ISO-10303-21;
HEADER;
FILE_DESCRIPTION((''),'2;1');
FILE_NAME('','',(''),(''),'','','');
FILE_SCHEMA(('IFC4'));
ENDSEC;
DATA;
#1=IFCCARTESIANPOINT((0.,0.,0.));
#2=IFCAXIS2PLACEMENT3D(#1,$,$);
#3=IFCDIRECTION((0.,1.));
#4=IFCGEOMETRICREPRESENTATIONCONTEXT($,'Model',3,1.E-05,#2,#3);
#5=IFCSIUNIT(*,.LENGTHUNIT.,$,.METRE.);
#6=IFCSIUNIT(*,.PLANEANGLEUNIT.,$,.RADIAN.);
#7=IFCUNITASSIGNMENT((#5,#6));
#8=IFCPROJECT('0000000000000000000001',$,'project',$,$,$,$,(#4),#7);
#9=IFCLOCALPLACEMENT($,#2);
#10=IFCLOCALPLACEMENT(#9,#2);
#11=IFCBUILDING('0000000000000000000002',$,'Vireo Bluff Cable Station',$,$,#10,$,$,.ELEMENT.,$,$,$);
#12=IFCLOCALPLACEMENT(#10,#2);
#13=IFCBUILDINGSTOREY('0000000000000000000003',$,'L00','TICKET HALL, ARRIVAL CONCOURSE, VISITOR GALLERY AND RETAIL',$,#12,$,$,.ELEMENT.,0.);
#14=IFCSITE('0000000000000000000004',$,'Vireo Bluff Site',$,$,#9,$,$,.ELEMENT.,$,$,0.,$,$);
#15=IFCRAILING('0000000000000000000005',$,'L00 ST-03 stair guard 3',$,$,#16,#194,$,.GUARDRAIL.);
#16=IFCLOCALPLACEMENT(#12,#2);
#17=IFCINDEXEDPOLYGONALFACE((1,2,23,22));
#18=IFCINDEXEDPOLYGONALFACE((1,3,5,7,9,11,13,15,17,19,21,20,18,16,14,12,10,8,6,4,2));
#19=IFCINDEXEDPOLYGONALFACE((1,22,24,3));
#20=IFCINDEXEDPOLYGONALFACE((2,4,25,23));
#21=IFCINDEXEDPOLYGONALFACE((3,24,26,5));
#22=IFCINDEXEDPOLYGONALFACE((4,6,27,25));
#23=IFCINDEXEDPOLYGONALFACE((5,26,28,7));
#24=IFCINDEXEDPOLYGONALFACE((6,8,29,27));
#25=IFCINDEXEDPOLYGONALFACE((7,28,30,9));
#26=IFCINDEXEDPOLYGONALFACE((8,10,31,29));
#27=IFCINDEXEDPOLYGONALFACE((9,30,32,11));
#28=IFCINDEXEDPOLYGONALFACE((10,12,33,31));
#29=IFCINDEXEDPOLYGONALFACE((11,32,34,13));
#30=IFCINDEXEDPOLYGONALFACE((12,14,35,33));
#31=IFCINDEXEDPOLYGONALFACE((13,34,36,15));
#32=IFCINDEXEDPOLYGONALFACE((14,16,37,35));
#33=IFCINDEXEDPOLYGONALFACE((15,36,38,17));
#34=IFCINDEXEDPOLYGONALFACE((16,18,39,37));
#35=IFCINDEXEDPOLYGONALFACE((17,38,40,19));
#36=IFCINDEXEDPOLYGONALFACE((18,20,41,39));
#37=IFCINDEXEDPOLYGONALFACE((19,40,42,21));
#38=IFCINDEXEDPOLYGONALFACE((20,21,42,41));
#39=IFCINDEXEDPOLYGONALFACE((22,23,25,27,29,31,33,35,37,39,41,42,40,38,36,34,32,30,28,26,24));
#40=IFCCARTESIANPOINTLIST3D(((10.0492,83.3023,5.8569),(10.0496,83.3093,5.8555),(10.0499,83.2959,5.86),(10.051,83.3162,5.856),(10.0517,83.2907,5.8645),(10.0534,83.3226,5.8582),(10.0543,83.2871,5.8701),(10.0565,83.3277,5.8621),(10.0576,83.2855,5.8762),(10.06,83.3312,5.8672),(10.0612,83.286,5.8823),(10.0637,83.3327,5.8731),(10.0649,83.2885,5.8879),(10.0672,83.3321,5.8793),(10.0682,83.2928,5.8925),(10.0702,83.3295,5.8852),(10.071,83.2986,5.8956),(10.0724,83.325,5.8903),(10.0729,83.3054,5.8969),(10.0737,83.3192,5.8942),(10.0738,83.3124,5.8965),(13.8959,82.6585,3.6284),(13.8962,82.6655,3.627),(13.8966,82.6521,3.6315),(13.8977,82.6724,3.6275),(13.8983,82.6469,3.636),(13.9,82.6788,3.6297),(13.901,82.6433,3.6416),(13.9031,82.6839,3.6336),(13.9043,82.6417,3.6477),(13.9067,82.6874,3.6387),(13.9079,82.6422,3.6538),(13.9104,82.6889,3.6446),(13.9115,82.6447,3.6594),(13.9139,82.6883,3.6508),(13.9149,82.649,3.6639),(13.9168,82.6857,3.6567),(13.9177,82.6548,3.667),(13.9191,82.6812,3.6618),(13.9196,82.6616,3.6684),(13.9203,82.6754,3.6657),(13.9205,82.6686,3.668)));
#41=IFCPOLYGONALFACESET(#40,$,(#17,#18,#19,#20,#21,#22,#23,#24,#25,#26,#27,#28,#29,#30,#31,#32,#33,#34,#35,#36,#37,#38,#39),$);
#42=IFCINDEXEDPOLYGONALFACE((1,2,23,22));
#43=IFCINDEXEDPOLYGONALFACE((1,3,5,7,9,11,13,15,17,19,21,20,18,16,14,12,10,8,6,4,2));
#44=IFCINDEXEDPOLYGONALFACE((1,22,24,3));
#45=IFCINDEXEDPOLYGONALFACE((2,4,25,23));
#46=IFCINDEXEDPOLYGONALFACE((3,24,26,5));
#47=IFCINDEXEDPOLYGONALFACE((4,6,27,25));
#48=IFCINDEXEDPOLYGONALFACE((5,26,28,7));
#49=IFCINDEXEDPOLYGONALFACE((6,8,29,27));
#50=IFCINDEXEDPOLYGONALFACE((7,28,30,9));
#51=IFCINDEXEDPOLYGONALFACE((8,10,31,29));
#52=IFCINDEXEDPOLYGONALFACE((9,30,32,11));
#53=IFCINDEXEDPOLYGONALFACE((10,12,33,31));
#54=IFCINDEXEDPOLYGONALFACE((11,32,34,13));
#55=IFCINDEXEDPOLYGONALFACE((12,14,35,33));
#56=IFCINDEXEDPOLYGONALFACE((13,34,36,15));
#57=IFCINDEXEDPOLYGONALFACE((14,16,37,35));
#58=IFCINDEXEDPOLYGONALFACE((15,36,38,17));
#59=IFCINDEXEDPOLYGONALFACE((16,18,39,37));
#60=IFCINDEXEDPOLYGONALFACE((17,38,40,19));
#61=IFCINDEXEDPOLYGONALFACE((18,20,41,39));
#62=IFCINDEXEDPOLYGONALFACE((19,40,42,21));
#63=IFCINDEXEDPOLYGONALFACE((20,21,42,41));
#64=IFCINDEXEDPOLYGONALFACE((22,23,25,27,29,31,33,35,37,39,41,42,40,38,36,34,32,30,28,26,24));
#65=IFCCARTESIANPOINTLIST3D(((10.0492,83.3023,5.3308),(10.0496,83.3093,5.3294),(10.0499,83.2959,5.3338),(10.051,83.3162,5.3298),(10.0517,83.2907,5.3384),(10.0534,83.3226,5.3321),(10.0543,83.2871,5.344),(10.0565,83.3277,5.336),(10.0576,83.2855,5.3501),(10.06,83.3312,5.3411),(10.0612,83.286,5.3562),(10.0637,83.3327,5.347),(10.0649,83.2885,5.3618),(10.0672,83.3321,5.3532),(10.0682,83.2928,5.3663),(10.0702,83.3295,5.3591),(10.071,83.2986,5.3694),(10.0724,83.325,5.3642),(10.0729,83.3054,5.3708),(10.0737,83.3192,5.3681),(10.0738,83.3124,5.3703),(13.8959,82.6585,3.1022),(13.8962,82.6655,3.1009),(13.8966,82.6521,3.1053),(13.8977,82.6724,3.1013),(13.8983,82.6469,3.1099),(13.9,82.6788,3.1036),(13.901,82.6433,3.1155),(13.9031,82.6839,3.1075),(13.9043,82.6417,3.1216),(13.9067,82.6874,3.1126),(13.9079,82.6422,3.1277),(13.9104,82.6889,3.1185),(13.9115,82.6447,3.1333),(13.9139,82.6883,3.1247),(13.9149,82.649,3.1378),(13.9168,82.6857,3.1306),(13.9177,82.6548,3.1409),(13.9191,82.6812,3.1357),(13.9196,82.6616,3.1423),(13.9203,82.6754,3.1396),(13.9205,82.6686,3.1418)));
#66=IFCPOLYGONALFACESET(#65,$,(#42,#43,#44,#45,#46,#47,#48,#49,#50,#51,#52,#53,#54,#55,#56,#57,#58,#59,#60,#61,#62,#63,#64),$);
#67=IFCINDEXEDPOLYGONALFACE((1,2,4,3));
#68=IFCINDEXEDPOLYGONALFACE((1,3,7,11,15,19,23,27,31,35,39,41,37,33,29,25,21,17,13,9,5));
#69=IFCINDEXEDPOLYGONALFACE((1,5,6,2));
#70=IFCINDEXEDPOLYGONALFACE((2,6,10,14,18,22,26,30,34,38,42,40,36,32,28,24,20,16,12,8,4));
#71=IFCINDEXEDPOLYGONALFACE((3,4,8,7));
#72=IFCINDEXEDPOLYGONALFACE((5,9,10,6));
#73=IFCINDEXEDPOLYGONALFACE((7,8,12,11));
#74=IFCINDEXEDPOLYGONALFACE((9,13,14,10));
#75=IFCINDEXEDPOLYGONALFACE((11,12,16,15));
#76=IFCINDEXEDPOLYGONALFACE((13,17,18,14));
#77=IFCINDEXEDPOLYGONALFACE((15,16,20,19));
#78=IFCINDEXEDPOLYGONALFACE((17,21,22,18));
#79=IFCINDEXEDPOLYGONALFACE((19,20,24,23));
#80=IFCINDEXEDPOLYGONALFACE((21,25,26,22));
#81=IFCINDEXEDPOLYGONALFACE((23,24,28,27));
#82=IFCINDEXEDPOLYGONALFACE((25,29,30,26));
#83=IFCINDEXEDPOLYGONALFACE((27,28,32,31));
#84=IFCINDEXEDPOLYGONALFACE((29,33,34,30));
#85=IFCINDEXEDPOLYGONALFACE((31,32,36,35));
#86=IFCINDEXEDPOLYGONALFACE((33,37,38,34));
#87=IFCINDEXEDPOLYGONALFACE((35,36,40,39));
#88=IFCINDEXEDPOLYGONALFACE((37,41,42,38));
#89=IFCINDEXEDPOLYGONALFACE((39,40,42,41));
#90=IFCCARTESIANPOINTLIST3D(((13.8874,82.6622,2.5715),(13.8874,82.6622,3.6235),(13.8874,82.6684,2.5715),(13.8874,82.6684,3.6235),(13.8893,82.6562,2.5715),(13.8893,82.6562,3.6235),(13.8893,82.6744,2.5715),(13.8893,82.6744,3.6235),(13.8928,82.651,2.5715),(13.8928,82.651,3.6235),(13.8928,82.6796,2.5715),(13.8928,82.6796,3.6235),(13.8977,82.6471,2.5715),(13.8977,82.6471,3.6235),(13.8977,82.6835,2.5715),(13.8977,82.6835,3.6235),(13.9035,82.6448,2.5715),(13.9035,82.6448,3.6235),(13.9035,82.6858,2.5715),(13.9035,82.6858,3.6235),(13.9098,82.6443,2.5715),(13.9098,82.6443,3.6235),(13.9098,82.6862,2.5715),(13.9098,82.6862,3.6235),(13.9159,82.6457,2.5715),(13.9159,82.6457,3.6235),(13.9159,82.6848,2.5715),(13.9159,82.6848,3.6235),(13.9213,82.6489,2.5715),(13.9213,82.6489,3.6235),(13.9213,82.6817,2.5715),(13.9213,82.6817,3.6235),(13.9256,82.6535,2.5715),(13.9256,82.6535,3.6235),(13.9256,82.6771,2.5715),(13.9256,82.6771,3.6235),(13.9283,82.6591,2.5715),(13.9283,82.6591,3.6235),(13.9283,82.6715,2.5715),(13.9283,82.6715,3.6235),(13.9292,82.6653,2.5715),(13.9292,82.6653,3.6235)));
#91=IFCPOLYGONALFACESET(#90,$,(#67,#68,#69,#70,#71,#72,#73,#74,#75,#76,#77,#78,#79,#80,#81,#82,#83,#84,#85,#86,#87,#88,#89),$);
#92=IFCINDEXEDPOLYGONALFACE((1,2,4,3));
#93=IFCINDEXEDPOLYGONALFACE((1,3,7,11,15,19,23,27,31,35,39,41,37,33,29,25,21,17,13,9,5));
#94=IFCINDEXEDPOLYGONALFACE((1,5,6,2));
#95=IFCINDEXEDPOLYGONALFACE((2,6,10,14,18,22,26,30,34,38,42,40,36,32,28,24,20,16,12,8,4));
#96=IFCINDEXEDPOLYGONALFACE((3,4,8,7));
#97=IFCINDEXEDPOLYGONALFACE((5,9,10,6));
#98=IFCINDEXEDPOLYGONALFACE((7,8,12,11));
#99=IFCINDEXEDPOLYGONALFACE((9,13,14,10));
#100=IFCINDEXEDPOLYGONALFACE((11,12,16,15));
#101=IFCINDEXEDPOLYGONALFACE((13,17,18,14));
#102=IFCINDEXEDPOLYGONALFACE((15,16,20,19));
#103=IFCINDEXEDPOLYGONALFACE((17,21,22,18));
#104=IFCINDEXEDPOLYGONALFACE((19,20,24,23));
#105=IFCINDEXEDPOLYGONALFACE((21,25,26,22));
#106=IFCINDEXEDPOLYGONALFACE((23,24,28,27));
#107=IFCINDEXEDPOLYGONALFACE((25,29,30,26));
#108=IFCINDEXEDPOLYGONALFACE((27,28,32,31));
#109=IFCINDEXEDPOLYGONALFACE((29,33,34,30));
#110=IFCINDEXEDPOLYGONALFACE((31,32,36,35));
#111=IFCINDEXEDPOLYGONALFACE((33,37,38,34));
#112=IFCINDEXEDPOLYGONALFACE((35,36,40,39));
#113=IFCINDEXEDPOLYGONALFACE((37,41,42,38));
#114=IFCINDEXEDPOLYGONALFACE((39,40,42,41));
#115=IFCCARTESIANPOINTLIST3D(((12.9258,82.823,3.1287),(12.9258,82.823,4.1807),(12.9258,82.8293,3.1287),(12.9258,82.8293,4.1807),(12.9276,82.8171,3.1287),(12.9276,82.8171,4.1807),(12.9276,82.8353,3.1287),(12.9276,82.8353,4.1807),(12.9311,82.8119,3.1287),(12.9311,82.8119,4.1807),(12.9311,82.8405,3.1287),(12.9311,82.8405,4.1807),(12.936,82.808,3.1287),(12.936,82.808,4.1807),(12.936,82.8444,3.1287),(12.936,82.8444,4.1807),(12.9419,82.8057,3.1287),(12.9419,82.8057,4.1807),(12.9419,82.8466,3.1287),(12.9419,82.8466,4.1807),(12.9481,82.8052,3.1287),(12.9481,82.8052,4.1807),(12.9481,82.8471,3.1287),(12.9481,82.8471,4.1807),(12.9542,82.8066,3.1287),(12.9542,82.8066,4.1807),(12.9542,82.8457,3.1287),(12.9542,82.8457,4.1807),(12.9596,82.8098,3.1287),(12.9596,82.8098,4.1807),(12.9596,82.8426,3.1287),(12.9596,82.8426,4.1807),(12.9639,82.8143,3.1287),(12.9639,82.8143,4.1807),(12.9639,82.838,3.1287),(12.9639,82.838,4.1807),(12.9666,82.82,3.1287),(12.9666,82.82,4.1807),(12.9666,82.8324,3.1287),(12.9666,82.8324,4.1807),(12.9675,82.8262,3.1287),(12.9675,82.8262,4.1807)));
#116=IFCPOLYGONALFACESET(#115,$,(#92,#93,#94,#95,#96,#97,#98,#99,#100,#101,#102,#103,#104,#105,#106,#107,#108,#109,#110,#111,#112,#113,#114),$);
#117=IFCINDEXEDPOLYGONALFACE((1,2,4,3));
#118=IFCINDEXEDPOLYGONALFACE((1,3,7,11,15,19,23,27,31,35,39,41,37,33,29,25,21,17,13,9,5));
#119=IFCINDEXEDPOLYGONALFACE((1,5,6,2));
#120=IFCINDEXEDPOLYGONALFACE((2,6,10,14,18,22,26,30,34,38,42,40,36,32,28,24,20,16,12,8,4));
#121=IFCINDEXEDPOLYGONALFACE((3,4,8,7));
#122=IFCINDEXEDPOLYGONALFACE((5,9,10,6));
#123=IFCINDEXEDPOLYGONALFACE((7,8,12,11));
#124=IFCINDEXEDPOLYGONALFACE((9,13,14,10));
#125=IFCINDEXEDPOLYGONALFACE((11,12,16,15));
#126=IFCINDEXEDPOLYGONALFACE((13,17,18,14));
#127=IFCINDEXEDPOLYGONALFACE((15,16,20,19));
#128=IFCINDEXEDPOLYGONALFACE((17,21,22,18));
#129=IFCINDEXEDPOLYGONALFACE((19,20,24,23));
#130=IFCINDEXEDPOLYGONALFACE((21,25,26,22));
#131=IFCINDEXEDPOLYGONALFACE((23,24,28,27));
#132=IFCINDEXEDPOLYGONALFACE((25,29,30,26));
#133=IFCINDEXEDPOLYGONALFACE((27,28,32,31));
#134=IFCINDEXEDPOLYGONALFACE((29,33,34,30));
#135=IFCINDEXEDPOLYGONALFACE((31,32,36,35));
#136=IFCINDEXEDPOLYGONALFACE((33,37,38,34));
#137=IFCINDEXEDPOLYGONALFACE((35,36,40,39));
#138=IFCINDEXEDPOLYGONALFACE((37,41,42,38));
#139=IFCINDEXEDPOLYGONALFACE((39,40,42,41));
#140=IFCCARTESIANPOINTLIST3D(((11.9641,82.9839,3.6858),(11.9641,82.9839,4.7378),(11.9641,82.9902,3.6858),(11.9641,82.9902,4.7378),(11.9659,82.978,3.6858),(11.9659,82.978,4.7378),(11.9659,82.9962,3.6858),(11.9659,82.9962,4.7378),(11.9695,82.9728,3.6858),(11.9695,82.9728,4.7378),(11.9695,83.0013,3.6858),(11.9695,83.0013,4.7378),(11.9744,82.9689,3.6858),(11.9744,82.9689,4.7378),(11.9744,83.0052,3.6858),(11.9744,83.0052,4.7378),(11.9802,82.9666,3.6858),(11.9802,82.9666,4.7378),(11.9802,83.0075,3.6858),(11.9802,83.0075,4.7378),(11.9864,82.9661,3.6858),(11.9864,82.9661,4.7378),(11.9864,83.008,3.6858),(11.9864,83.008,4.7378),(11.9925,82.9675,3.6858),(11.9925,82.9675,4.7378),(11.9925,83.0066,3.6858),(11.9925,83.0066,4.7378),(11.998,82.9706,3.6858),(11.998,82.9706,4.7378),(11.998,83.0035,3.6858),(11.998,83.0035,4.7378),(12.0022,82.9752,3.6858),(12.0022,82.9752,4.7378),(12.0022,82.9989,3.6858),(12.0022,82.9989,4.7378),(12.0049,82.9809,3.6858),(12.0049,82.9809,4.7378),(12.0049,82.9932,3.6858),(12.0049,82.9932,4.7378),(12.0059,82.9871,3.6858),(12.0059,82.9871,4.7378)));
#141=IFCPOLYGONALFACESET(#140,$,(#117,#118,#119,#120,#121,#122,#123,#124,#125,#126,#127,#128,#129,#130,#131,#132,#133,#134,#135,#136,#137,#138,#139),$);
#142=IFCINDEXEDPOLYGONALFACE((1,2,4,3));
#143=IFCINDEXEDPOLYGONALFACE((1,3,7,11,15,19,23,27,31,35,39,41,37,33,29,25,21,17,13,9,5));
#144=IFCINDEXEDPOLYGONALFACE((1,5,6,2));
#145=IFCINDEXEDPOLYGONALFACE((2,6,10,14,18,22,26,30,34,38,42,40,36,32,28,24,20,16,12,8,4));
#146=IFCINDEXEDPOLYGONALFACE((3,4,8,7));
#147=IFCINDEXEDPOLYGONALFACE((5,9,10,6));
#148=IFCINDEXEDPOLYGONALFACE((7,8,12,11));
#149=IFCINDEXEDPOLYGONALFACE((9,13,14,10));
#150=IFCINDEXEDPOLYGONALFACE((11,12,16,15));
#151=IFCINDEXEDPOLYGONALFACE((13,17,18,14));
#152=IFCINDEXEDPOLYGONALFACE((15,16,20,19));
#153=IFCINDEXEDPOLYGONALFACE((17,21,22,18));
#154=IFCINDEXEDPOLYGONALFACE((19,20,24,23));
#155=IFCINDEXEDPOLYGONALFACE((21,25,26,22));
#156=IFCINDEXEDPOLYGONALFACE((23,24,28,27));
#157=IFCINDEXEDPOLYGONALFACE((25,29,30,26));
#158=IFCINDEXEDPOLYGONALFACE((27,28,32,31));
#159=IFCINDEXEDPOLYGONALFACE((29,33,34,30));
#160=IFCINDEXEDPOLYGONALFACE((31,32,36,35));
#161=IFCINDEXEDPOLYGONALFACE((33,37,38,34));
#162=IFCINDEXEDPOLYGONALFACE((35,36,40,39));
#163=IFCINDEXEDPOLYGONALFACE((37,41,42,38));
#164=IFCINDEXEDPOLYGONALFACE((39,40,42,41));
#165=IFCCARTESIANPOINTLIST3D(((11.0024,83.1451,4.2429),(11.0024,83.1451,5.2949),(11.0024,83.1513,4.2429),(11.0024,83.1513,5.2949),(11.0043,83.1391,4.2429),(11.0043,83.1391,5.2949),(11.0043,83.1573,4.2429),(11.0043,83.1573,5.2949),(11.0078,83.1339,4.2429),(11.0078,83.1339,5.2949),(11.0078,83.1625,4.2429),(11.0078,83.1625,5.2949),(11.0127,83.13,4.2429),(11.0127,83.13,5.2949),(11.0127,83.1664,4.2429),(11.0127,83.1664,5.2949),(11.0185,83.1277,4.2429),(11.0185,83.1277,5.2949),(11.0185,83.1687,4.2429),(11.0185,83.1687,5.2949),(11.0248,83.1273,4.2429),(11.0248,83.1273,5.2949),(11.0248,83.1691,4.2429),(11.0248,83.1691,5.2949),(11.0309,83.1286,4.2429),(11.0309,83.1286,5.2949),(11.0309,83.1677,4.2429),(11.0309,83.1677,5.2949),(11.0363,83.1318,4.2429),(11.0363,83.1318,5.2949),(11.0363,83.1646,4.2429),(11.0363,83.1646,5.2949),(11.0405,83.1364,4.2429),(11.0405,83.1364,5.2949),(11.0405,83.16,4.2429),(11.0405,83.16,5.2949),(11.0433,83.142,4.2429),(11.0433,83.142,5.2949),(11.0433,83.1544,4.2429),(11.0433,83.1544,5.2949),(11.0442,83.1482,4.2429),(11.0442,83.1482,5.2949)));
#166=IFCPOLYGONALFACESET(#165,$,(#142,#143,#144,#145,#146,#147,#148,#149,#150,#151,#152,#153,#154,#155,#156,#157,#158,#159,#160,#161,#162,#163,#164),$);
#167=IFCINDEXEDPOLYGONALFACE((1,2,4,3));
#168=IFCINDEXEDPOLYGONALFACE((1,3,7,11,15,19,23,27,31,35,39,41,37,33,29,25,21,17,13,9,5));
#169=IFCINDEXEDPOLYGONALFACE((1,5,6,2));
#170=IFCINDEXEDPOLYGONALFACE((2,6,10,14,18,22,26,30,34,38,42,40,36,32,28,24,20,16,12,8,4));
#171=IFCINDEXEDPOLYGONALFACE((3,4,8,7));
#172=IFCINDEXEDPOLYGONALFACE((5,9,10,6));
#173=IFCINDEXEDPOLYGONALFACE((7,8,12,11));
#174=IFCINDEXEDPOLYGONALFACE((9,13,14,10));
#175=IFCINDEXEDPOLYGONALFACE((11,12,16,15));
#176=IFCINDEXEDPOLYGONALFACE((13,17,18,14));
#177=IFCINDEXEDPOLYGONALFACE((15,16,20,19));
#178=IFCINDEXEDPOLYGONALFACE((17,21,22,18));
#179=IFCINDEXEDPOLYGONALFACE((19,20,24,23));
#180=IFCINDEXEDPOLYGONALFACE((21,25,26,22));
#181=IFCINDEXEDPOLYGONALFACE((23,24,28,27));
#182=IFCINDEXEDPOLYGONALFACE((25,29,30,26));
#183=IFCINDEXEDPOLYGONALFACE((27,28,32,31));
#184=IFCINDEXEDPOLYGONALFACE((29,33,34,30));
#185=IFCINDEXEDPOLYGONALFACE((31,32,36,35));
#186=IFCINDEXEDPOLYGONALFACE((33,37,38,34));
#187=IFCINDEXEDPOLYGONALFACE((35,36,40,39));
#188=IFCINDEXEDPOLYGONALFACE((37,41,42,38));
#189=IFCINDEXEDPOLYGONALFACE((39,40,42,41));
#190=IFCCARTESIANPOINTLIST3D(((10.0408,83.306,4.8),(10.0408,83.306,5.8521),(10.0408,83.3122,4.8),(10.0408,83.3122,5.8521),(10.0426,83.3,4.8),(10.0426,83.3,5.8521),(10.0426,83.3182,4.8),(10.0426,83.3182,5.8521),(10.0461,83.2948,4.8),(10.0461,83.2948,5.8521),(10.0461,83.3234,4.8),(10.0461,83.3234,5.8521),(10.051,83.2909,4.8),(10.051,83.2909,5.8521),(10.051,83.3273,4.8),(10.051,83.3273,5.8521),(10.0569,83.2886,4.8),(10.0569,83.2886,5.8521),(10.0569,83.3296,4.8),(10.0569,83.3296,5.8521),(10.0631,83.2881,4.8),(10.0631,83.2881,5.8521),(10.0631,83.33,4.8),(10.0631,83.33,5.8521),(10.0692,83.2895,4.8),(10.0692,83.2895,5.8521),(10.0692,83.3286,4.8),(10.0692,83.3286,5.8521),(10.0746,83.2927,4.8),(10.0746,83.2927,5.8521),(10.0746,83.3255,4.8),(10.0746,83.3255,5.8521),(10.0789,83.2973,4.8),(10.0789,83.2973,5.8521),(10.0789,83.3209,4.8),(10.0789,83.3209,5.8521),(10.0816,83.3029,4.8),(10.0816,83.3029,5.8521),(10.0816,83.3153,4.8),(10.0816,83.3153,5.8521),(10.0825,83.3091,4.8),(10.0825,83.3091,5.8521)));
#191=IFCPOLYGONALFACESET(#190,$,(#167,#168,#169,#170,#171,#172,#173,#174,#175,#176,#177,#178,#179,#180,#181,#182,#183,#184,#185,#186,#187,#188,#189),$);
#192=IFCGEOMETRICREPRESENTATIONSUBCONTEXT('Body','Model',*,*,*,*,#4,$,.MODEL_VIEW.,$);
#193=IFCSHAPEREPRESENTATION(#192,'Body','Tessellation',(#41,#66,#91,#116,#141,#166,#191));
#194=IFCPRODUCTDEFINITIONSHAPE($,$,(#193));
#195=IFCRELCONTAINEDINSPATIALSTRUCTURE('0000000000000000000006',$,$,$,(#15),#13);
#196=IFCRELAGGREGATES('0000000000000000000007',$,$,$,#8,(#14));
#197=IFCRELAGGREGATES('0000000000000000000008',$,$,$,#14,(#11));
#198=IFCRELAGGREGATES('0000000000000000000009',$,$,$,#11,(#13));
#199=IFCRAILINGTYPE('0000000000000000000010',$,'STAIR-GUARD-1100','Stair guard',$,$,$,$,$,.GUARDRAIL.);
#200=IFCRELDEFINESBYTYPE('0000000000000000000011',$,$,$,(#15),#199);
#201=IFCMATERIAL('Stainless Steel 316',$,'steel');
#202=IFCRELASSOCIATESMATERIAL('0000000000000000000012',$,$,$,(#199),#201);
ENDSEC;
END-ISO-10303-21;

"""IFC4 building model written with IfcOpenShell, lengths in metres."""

from ifc_helpers import new_model, si_unit, direction, frame, origin, origin_2d, place, context, subcontext, project, spatial, circle, extrude, material, type_object, element, save


model = new_model("IFC4")

# Units and contexts
model_context = context("Model", 3, precision=1e-05, world=origin(), true_north=direction((0.0, 1.0)))
body_context = subcontext(model_context, "Body", "Model", "MODEL_VIEW")
ifc_project = project(units=[si_unit("LENGTHUNIT", "METRE"), si_unit("PLANEANGLEUNIT", "RADIAN")], contexts=[model_context])

# Site, building, storey
site_placement = place(None, origin())
site = spatial("IfcSite", under=ifc_project, at=site_placement, Name="Vireo Bluff Site", CompositionType="ELEMENT", RefElevation=0.0)
building_placement = place(site_placement, origin())
building = spatial("IfcBuilding", under=site, at=building_placement, Name="Vireo Bluff Cable Station", CompositionType="ELEMENT")
storey_placement = place(building_placement, origin())
storey = spatial("IfcBuildingStorey", under=building, at=storey_placement, Name="L00", Description="TICKET HALL, ARRIVAL CONCOURSE, VISITOR GALLERY AND RETAIL", CompositionType="ELEMENT", Elevation=0.0)

# Railing
ifc_material_1 = material(Name="Stainless Steel 316", Category="steel")
railing_type_1 = type_object("IfcRailingType", Name="STAIR-GUARD-1100", Description="Stair guard", PredefinedType="GUARDRAIL", material=ifc_material_1)
railing_1_placement = place(storey_placement, frame((13.9082, 82.6653, 2.5715)))
element("IfcRailing", 1, at=railing_1_placement, inside=storey, type_object=railing_type_1, Name="L00 ST-03 stair guard 3", PredefinedType="GUARDRAIL", context=body_context, shape_type="SweptSolid", body=[
    extrude(circle(Radius=0.0239, at=origin_2d()), frame((0.0, 0.0, 1.0762), z_axis=(-0.856348, 0.143322, 0.496112), x_axis=(-0.165069, -0.986282, 0.0)), (0.0, 0.0, 1.0), 4.4919),
    extrude(circle(Radius=0.0239, at=origin_2d()), frame((0.0, 0.0, 0.55), z_axis=(-0.856348, 0.143322, 0.496112), x_axis=(-0.165069, -0.986282, 0.0)), (0.0, 0.0, 1.0), 4.4919),
    extrude(circle(Radius=0.021, at=origin_2d()), origin(), (0.0, 0.0, 1.0), 1.052),
    extrude(circle(Radius=0.021, at=origin_2d()), frame((-0.9617, 0.1609, 0.5571)), (0.0, 0.0, 1.0), 1.052),
    extrude(circle(Radius=0.021, at=origin_2d()), frame((-1.9233, 0.3218, 1.1143)), (0.0, 0.0, 1.0), 1.052),
    extrude(circle(Radius=0.021, at=origin_2d()), frame((-2.885, 0.4829, 1.6714)), (0.0, 0.0, 1.0), 1.052),
    extrude(circle(Radius=0.021, at=origin_2d()), frame((-3.8467, 0.6438, 2.2285)), (0.0, 0.0, 1.0), 1.052),
])

save(model, "model.ifc")
